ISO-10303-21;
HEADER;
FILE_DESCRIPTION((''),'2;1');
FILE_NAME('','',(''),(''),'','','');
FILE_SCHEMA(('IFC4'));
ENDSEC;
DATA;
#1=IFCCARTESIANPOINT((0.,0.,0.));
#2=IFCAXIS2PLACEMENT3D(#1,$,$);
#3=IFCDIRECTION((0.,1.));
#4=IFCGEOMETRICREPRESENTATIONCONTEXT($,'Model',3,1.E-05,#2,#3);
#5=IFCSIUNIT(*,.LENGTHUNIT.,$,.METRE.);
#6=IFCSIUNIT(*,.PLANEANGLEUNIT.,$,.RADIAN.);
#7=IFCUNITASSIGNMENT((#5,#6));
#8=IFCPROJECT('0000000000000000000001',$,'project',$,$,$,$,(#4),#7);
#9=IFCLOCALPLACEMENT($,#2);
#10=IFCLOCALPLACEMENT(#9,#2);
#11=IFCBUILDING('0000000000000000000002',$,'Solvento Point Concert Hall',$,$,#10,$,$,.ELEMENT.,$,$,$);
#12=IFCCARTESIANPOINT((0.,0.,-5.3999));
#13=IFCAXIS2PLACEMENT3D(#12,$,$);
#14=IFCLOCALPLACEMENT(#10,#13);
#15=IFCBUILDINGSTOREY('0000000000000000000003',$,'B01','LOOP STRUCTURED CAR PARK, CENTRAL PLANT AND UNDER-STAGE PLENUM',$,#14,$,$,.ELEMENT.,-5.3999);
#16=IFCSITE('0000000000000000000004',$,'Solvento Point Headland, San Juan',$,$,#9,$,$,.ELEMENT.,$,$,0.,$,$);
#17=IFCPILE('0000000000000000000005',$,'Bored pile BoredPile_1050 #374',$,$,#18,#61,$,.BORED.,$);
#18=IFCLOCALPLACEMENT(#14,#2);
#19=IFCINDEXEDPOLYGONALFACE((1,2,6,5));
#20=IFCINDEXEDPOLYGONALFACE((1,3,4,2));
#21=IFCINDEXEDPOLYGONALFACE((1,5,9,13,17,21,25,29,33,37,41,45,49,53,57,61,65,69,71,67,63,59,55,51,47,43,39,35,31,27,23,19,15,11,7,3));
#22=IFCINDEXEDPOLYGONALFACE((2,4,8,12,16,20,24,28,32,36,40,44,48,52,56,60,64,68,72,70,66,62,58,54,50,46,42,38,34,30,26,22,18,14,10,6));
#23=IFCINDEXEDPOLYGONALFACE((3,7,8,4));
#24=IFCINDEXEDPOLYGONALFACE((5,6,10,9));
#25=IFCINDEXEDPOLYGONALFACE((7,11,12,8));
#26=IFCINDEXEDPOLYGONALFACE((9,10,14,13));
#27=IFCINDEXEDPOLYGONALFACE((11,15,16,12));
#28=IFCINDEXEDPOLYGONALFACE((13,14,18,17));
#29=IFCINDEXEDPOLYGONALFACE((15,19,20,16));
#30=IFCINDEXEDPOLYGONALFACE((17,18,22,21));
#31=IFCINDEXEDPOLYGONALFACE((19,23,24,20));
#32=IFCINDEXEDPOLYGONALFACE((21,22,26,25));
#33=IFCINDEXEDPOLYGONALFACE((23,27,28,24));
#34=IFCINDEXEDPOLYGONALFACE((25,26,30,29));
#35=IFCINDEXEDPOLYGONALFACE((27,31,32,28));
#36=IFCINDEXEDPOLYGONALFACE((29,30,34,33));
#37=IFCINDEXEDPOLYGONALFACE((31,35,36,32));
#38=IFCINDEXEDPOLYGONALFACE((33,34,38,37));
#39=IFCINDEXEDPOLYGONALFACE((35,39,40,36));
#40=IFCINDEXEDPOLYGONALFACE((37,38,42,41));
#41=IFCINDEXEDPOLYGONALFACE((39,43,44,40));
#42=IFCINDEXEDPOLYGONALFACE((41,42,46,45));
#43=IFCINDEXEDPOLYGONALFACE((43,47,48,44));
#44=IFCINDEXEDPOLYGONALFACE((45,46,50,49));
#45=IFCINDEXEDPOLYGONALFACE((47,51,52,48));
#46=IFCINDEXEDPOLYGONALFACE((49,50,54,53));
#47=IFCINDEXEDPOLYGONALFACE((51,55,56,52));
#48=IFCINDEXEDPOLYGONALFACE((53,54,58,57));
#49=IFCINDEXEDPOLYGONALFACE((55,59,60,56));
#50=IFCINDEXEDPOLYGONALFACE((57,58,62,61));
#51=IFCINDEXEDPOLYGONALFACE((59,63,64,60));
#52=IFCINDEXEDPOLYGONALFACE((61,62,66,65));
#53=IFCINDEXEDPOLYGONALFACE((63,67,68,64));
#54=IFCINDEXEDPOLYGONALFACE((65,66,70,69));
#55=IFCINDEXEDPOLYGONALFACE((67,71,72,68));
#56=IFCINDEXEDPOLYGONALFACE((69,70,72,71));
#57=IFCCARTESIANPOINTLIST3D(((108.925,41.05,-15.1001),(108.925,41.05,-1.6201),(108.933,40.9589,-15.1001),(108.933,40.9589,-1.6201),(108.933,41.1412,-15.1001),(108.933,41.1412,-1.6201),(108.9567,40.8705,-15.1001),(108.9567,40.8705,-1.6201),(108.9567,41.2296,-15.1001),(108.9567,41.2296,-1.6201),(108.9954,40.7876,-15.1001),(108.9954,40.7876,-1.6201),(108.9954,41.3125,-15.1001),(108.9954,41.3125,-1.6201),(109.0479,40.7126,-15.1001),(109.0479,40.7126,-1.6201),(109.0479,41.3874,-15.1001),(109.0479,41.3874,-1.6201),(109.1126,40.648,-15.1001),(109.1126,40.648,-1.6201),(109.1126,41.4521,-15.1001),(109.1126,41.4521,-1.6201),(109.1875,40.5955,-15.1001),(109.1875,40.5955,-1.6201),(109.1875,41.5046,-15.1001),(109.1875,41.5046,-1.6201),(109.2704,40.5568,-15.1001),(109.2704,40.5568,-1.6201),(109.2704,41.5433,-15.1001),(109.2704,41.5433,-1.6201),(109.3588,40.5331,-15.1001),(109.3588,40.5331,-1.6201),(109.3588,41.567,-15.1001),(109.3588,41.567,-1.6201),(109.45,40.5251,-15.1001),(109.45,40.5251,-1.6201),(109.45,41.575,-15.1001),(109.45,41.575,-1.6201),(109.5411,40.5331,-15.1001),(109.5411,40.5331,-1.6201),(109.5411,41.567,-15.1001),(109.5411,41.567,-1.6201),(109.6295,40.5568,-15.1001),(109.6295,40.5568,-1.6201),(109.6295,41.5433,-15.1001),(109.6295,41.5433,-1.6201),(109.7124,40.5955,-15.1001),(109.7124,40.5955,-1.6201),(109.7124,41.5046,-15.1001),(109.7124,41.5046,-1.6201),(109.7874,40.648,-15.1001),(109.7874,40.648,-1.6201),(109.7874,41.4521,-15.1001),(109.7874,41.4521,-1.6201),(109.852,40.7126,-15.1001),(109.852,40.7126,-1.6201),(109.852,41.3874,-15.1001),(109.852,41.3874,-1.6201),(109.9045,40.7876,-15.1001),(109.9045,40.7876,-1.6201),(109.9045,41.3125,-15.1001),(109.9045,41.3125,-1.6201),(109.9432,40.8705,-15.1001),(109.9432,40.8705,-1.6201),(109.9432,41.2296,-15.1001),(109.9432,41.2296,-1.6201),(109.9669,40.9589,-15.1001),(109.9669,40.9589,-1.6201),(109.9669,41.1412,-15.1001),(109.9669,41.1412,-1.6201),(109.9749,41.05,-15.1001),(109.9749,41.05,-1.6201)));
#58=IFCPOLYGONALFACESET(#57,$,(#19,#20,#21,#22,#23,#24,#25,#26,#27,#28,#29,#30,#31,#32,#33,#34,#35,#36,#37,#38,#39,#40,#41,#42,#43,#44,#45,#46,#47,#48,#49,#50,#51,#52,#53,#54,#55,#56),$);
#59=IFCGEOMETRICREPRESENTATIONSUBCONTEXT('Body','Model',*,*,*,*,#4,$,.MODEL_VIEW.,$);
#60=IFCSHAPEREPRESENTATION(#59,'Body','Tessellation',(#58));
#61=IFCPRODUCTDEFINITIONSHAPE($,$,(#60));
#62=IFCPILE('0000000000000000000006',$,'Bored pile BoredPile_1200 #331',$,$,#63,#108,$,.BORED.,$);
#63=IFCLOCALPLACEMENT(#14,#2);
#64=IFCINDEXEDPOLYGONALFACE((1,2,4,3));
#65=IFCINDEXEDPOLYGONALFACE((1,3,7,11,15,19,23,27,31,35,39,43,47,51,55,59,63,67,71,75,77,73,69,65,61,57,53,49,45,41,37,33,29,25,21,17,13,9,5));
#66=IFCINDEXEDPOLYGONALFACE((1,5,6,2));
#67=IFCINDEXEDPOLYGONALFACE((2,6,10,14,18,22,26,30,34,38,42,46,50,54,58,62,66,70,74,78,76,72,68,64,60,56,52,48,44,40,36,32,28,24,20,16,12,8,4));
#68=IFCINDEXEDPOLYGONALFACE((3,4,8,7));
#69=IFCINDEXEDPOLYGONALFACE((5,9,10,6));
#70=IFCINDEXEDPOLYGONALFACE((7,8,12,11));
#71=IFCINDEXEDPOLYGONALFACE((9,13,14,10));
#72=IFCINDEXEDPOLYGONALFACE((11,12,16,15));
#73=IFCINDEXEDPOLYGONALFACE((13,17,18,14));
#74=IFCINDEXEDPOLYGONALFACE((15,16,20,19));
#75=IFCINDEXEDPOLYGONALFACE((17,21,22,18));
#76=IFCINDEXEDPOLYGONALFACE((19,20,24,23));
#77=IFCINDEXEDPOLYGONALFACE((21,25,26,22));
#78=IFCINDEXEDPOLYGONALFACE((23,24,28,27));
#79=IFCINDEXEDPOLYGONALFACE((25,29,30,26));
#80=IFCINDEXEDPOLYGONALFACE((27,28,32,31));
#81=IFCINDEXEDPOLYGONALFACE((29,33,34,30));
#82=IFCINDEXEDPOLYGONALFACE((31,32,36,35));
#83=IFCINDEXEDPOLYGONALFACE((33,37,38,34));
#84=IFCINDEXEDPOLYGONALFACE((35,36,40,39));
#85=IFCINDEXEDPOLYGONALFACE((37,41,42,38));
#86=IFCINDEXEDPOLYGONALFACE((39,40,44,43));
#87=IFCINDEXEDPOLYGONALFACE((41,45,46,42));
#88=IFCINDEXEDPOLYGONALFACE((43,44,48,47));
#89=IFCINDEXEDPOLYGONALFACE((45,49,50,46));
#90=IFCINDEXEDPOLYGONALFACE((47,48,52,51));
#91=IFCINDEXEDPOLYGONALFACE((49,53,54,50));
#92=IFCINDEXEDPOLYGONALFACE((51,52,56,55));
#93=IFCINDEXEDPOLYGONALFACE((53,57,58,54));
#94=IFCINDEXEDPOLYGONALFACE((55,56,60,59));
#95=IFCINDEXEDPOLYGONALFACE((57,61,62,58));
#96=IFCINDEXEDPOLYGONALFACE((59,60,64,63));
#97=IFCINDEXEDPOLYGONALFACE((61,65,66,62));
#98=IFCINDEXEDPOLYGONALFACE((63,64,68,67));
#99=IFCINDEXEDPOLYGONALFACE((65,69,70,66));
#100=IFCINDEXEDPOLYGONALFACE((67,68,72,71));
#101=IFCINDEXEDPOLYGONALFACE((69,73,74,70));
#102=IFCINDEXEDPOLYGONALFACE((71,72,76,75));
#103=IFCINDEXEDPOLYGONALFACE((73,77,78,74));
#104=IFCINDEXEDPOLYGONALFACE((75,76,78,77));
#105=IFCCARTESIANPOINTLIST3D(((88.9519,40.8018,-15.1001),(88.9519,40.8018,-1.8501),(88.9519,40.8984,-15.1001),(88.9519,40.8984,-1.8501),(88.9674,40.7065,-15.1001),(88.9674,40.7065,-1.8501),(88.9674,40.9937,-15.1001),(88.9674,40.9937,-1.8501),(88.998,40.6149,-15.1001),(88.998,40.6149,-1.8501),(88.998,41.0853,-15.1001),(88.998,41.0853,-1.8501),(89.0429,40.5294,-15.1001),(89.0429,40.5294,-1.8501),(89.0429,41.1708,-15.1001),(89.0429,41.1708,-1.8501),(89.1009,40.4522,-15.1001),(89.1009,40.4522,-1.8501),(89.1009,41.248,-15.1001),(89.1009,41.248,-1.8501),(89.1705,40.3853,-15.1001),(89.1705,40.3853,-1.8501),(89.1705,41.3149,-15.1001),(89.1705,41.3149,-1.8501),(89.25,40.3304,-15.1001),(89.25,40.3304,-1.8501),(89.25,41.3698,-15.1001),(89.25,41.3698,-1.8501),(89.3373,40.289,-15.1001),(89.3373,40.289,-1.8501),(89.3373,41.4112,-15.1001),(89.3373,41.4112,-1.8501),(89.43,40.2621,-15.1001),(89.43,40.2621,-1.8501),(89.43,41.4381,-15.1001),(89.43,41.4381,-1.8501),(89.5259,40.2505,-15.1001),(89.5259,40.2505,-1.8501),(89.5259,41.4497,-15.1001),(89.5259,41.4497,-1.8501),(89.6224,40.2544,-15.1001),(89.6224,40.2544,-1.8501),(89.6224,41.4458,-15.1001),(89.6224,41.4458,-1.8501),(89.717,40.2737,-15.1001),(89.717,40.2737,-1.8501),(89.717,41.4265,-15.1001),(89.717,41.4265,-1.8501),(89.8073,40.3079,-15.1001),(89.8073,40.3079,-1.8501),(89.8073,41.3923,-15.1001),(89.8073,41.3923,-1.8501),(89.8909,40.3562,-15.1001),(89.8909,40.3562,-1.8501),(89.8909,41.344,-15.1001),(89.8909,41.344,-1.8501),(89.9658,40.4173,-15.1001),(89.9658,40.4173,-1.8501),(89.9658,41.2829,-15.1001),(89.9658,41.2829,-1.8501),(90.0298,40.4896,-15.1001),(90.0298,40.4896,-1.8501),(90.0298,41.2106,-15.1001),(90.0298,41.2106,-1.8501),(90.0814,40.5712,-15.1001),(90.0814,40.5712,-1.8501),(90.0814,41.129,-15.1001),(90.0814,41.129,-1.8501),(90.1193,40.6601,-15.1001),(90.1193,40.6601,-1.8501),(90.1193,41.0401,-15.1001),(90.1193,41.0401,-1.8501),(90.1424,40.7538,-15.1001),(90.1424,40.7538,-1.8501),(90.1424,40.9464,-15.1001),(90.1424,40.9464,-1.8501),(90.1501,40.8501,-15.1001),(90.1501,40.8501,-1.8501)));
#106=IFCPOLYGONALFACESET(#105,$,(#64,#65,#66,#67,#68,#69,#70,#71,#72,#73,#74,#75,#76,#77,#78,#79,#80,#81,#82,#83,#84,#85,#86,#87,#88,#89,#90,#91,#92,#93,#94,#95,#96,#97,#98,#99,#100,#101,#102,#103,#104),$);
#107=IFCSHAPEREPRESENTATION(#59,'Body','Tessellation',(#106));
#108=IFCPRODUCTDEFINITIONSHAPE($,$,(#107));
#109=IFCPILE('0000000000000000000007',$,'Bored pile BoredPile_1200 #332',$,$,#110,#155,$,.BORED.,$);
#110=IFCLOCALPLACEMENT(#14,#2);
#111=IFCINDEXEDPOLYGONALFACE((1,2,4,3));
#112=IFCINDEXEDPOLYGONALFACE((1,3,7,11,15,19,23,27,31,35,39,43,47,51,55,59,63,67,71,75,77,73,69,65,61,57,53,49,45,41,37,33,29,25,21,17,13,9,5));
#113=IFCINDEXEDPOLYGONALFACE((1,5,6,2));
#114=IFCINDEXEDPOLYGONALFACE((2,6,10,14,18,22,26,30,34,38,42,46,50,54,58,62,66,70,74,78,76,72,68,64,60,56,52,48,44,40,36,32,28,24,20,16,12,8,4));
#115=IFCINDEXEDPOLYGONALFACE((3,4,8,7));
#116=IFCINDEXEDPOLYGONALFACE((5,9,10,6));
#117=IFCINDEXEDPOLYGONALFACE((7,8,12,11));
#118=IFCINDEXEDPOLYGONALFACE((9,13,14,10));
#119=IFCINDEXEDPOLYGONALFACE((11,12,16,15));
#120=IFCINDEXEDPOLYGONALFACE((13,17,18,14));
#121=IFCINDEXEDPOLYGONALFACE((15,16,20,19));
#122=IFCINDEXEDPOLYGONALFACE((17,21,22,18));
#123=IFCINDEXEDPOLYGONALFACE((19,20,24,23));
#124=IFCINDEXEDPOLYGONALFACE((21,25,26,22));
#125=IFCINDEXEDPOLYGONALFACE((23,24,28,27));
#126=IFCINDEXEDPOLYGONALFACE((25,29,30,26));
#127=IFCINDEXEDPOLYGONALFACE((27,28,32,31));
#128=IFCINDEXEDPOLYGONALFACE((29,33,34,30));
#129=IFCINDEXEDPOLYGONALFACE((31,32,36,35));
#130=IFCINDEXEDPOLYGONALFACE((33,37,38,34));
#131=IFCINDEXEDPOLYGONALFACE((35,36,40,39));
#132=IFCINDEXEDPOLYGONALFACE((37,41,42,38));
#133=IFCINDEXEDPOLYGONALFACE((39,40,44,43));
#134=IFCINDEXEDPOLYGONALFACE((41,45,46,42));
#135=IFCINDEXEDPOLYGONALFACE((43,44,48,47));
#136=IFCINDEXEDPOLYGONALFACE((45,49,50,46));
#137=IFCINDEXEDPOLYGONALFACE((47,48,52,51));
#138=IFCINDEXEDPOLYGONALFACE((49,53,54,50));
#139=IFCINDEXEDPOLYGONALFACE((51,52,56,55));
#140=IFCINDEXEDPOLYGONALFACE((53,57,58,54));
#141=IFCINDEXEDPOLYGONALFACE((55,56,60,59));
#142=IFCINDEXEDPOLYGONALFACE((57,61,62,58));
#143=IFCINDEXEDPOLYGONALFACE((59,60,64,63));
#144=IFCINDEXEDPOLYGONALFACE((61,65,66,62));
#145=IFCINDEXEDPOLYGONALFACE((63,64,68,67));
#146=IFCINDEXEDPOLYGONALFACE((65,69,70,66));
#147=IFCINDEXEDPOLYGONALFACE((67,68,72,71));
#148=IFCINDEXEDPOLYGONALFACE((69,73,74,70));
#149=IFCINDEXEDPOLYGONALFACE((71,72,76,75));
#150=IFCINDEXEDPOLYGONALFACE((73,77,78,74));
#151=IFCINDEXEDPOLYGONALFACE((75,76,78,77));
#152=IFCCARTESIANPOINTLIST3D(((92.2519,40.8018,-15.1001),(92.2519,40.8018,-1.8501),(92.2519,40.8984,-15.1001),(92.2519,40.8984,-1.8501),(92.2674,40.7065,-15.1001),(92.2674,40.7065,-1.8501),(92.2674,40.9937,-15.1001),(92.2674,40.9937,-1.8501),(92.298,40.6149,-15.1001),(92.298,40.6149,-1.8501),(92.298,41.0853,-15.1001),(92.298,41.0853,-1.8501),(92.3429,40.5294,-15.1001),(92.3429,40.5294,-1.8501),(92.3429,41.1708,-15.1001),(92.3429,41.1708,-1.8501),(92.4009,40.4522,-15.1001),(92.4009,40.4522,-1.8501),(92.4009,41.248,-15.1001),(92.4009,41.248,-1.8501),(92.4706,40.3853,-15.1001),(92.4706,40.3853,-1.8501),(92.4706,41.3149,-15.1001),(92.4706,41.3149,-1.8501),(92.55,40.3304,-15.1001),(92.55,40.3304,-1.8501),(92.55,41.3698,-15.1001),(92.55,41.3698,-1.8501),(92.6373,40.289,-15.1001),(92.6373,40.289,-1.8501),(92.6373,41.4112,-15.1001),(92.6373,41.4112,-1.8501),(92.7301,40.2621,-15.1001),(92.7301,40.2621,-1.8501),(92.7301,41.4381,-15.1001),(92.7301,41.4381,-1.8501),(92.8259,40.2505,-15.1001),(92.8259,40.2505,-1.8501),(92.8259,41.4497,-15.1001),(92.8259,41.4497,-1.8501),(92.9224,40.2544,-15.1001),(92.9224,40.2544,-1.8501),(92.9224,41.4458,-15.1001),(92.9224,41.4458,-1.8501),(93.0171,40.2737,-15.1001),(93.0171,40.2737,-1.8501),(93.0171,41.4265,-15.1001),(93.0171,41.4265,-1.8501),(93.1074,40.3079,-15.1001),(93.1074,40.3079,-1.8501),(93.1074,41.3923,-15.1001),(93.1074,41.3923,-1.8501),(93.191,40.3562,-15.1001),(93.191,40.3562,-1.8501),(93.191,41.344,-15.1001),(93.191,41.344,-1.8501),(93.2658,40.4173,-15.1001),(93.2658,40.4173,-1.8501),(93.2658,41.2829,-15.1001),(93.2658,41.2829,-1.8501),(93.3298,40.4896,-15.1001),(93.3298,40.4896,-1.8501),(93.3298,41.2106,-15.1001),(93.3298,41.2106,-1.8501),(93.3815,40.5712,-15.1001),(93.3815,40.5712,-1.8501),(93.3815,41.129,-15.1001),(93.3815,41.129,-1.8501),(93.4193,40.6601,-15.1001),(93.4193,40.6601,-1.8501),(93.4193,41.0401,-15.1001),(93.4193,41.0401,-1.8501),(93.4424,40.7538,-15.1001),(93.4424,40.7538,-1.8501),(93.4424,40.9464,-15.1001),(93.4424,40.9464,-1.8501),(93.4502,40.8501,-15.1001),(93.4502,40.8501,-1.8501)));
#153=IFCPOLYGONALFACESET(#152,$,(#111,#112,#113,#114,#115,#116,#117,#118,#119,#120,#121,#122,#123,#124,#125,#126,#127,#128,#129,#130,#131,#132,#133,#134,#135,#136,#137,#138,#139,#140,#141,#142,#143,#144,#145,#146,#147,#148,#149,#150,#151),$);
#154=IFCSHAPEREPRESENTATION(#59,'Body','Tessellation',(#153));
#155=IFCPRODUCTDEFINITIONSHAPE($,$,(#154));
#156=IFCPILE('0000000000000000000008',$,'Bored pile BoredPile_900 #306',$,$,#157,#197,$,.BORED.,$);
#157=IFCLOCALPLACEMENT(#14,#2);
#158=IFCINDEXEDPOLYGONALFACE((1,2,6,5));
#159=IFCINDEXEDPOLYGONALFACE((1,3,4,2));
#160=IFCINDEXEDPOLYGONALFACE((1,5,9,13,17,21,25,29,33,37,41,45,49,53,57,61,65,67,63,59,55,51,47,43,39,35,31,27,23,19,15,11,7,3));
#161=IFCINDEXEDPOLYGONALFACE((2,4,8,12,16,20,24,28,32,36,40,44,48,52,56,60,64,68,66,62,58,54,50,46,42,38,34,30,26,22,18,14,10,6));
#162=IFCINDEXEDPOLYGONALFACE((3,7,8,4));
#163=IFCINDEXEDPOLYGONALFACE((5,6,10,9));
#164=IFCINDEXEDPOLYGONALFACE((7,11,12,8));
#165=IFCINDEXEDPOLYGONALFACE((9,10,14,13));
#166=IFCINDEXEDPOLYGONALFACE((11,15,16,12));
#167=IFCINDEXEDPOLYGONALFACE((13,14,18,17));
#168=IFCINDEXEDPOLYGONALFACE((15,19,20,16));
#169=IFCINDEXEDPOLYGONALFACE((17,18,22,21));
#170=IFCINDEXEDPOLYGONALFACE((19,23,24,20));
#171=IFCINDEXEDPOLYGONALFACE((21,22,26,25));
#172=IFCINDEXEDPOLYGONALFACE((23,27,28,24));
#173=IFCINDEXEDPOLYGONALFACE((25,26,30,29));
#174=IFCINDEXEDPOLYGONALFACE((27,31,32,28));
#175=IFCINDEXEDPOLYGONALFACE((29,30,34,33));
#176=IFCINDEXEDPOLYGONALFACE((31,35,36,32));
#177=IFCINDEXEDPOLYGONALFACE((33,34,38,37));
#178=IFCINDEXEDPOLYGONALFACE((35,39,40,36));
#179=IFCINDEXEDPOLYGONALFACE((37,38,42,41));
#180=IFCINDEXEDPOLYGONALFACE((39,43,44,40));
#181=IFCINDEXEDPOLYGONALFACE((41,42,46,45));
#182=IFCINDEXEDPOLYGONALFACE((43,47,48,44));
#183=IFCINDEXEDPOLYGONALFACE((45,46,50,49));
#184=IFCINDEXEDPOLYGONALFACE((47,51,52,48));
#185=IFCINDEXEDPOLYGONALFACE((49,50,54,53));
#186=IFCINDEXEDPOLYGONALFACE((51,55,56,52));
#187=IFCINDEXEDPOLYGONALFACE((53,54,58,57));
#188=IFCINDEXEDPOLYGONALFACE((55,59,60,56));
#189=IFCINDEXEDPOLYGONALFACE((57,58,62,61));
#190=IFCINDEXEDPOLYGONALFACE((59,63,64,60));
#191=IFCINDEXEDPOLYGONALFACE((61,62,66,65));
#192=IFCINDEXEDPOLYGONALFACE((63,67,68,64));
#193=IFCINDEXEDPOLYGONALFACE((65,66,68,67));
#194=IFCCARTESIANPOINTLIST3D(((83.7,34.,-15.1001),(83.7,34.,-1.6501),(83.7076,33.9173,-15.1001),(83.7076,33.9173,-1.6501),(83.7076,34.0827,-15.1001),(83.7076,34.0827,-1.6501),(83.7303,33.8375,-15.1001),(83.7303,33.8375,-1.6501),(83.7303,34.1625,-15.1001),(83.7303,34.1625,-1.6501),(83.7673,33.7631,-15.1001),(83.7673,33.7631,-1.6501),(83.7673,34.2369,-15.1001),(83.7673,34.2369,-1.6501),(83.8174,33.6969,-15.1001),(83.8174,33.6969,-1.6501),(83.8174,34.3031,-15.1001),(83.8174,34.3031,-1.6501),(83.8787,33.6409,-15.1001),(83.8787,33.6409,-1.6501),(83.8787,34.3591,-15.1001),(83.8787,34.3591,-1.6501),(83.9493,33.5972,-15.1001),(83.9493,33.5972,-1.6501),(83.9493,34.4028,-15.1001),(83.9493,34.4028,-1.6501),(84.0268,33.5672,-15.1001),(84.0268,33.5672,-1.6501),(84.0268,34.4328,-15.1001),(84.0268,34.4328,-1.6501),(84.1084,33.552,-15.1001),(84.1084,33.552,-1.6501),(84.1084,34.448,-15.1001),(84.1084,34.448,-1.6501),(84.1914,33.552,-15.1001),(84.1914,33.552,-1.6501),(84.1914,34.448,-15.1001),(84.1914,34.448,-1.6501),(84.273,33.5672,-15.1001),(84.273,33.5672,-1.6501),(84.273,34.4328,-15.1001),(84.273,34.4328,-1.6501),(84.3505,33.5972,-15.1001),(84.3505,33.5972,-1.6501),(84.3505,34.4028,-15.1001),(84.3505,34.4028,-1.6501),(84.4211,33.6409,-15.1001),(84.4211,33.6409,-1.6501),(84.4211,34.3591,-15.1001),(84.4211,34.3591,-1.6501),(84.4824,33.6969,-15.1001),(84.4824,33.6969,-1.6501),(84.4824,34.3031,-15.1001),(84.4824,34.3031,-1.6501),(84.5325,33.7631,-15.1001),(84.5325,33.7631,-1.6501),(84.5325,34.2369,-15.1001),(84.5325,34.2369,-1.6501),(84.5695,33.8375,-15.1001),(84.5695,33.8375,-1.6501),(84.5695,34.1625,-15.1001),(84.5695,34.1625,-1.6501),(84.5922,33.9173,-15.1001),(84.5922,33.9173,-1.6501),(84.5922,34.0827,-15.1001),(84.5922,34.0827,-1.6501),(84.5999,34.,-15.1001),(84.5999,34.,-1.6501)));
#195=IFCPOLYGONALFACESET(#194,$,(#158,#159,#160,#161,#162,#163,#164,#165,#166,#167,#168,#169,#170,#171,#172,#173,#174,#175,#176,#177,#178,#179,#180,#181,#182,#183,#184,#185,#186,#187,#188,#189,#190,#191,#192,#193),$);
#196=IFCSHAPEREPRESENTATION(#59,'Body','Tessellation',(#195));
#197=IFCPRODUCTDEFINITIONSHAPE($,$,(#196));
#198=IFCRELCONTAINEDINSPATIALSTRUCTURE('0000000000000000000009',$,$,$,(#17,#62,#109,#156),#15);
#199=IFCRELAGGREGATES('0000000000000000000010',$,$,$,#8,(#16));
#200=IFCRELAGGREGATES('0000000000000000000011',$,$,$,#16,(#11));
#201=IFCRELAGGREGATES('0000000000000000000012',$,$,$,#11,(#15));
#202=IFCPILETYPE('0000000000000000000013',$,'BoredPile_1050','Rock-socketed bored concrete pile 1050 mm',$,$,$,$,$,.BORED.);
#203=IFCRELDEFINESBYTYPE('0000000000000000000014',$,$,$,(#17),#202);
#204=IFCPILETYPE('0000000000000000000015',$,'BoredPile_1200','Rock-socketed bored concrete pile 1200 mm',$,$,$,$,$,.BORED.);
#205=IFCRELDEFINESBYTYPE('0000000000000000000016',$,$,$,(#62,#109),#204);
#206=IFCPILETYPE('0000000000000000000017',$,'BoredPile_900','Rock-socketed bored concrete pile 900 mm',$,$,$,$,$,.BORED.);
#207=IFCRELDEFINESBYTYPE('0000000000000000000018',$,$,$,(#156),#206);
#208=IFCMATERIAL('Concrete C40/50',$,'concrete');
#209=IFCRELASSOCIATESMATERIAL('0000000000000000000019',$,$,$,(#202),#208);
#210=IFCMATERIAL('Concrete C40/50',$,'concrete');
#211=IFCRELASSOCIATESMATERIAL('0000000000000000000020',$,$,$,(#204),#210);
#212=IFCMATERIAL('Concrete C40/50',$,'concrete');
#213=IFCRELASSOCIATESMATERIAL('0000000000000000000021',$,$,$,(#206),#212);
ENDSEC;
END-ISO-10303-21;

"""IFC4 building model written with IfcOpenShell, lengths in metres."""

from ifc_helpers import new_model, si_unit, direction, frame, origin, origin_2d, place, context, subcontext, project, spatial, circle, extrude, material, material_profile, profile_set, type_object, element, save


model = new_model("IFC4")

# Units and contexts
model_context = context("Model", 3, precision=1e-05, world=origin(), true_north=direction((0.0, 1.0)))
body_context = subcontext(model_context, "Body", "Model", "MODEL_VIEW")
ifc_project = project(units=[si_unit("LENGTHUNIT", "METRE"), si_unit("PLANEANGLEUNIT", "RADIAN")], contexts=[model_context])

# Site, building, storey
site_placement = place(None, origin())
site = spatial("IfcSite", under=ifc_project, at=site_placement, Name="Solvento Point Headland, San Juan", CompositionType="ELEMENT", RefElevation=0.0)
building_placement = place(site_placement, origin())
building = spatial("IfcBuilding", under=site, at=building_placement, Name="Solvento Point Concert Hall", CompositionType="ELEMENT")
storey_placement = place(building_placement, frame((0.0, 0.0, -5.3999)))
storey = spatial("IfcBuildingStorey", under=building, at=storey_placement, Name="B01", Description="LOOP STRUCTURED CAR PARK, CENTRAL PLANT AND UNDER-STAGE PLENUM", CompositionType="ELEMENT", Elevation=-5.3999)

# Piles
ifc_material_1 = material(Name="Concrete C40/50", Category="concrete")
ifc_material_profile_1 = material_profile(ifc_material_1, circle(Radius=0.5249, at=origin_2d()), Name="BP-1050")
ifc_profile_set_1 = profile_set([ifc_material_profile_1], Name="Concrete C40/50")
pile_type_1 = type_object("IfcPileType", Name="BoredPile_1050", Description="Rock-socketed bored concrete pile 1050 mm", PredefinedType="BORED", material=ifc_profile_set_1)
for number, where, z_axis, x_axis, name in (
    (1, (109.45, 41.05, -1.6201), (0.0, 0.0, -1.0), (1.0, 0.0, 0.0), "Bored pile BoredPile_1050 #374"),
):
    element("IfcPile", number, at=place(storey_placement, frame(where, z_axis=z_axis, x_axis=x_axis)), inside=storey, type_object=pile_type_1, Name=name, PredefinedType="BORED", context=body_context, shape_type="SweptSolid", body=[
        extrude(circle(Radius=0.5249, at=origin_2d()), origin(), (0.0, 0.0, 1.0), 13.48),
    ])
ifc_material_2 = material(Name="Concrete C40/50", Category="concrete")
ifc_material_profile_2 = material_profile(ifc_material_2, circle(Radius=0.6001, at=origin_2d()), Name="BP-1200")
ifc_profile_set_2 = profile_set([ifc_material_profile_2], Name="Concrete C40/50")
pile_type_2 = type_object("IfcPileType", Name="BoredPile_1200", Description="Rock-socketed bored concrete pile 1200 mm", PredefinedType="BORED", material=ifc_profile_set_2)
for number, where, z_axis, x_axis, name in (
    (2, (89.55, 40.8501, -1.8501), (0.0, 0.0, -1.0), (1.0, 0.0, 0.0), "Bored pile BoredPile_1200 #331"),
    (3, (92.8501, 40.8501, -1.8501), (0.0, 0.0, -1.0), (1.0, 0.0, 0.0), "Bored pile BoredPile_1200 #332"),
):
    element("IfcPile", number, at=place(storey_placement, frame(where, z_axis=z_axis, x_axis=x_axis)), inside=storey, type_object=pile_type_2, Name=name, PredefinedType="BORED", context=body_context, shape_type="SweptSolid", body=[
        extrude(circle(Radius=0.6001, at=origin_2d()), origin(), (0.0, 0.0, 1.0), 13.25),
    ])
ifc_material_3 = material(Name="Concrete C40/50", Category="concrete")
ifc_material_profile_3 = material_profile(ifc_material_3, circle(Radius=0.45, at=origin_2d()), Name="BP-900")
ifc_profile_set_3 = profile_set([ifc_material_profile_3], Name="Concrete C40/50")
pile_type_3 = type_object("IfcPileType", Name="BoredPile_900", Description="Rock-socketed bored concrete pile 900 mm", PredefinedType="BORED", material=ifc_profile_set_3)
pile_1_placement = place(storey_placement, frame((84.1499, 34.0, -1.6501), z_axis=(0.0, 0.0, -1.0), x_axis=(1.0, 0.0, 0.0)))
element("IfcPile", 4, at=pile_1_placement, inside=storey, type_object=pile_type_3, Name="Bored pile BoredPile_900 #306", PredefinedType="BORED", context=body_context, shape_type="SweptSolid", body=[
    extrude(circle(Radius=0.45, at=origin_2d()), origin(), (0.0, 0.0, 1.0), 13.45),
])

save(model, "model.ifc")
